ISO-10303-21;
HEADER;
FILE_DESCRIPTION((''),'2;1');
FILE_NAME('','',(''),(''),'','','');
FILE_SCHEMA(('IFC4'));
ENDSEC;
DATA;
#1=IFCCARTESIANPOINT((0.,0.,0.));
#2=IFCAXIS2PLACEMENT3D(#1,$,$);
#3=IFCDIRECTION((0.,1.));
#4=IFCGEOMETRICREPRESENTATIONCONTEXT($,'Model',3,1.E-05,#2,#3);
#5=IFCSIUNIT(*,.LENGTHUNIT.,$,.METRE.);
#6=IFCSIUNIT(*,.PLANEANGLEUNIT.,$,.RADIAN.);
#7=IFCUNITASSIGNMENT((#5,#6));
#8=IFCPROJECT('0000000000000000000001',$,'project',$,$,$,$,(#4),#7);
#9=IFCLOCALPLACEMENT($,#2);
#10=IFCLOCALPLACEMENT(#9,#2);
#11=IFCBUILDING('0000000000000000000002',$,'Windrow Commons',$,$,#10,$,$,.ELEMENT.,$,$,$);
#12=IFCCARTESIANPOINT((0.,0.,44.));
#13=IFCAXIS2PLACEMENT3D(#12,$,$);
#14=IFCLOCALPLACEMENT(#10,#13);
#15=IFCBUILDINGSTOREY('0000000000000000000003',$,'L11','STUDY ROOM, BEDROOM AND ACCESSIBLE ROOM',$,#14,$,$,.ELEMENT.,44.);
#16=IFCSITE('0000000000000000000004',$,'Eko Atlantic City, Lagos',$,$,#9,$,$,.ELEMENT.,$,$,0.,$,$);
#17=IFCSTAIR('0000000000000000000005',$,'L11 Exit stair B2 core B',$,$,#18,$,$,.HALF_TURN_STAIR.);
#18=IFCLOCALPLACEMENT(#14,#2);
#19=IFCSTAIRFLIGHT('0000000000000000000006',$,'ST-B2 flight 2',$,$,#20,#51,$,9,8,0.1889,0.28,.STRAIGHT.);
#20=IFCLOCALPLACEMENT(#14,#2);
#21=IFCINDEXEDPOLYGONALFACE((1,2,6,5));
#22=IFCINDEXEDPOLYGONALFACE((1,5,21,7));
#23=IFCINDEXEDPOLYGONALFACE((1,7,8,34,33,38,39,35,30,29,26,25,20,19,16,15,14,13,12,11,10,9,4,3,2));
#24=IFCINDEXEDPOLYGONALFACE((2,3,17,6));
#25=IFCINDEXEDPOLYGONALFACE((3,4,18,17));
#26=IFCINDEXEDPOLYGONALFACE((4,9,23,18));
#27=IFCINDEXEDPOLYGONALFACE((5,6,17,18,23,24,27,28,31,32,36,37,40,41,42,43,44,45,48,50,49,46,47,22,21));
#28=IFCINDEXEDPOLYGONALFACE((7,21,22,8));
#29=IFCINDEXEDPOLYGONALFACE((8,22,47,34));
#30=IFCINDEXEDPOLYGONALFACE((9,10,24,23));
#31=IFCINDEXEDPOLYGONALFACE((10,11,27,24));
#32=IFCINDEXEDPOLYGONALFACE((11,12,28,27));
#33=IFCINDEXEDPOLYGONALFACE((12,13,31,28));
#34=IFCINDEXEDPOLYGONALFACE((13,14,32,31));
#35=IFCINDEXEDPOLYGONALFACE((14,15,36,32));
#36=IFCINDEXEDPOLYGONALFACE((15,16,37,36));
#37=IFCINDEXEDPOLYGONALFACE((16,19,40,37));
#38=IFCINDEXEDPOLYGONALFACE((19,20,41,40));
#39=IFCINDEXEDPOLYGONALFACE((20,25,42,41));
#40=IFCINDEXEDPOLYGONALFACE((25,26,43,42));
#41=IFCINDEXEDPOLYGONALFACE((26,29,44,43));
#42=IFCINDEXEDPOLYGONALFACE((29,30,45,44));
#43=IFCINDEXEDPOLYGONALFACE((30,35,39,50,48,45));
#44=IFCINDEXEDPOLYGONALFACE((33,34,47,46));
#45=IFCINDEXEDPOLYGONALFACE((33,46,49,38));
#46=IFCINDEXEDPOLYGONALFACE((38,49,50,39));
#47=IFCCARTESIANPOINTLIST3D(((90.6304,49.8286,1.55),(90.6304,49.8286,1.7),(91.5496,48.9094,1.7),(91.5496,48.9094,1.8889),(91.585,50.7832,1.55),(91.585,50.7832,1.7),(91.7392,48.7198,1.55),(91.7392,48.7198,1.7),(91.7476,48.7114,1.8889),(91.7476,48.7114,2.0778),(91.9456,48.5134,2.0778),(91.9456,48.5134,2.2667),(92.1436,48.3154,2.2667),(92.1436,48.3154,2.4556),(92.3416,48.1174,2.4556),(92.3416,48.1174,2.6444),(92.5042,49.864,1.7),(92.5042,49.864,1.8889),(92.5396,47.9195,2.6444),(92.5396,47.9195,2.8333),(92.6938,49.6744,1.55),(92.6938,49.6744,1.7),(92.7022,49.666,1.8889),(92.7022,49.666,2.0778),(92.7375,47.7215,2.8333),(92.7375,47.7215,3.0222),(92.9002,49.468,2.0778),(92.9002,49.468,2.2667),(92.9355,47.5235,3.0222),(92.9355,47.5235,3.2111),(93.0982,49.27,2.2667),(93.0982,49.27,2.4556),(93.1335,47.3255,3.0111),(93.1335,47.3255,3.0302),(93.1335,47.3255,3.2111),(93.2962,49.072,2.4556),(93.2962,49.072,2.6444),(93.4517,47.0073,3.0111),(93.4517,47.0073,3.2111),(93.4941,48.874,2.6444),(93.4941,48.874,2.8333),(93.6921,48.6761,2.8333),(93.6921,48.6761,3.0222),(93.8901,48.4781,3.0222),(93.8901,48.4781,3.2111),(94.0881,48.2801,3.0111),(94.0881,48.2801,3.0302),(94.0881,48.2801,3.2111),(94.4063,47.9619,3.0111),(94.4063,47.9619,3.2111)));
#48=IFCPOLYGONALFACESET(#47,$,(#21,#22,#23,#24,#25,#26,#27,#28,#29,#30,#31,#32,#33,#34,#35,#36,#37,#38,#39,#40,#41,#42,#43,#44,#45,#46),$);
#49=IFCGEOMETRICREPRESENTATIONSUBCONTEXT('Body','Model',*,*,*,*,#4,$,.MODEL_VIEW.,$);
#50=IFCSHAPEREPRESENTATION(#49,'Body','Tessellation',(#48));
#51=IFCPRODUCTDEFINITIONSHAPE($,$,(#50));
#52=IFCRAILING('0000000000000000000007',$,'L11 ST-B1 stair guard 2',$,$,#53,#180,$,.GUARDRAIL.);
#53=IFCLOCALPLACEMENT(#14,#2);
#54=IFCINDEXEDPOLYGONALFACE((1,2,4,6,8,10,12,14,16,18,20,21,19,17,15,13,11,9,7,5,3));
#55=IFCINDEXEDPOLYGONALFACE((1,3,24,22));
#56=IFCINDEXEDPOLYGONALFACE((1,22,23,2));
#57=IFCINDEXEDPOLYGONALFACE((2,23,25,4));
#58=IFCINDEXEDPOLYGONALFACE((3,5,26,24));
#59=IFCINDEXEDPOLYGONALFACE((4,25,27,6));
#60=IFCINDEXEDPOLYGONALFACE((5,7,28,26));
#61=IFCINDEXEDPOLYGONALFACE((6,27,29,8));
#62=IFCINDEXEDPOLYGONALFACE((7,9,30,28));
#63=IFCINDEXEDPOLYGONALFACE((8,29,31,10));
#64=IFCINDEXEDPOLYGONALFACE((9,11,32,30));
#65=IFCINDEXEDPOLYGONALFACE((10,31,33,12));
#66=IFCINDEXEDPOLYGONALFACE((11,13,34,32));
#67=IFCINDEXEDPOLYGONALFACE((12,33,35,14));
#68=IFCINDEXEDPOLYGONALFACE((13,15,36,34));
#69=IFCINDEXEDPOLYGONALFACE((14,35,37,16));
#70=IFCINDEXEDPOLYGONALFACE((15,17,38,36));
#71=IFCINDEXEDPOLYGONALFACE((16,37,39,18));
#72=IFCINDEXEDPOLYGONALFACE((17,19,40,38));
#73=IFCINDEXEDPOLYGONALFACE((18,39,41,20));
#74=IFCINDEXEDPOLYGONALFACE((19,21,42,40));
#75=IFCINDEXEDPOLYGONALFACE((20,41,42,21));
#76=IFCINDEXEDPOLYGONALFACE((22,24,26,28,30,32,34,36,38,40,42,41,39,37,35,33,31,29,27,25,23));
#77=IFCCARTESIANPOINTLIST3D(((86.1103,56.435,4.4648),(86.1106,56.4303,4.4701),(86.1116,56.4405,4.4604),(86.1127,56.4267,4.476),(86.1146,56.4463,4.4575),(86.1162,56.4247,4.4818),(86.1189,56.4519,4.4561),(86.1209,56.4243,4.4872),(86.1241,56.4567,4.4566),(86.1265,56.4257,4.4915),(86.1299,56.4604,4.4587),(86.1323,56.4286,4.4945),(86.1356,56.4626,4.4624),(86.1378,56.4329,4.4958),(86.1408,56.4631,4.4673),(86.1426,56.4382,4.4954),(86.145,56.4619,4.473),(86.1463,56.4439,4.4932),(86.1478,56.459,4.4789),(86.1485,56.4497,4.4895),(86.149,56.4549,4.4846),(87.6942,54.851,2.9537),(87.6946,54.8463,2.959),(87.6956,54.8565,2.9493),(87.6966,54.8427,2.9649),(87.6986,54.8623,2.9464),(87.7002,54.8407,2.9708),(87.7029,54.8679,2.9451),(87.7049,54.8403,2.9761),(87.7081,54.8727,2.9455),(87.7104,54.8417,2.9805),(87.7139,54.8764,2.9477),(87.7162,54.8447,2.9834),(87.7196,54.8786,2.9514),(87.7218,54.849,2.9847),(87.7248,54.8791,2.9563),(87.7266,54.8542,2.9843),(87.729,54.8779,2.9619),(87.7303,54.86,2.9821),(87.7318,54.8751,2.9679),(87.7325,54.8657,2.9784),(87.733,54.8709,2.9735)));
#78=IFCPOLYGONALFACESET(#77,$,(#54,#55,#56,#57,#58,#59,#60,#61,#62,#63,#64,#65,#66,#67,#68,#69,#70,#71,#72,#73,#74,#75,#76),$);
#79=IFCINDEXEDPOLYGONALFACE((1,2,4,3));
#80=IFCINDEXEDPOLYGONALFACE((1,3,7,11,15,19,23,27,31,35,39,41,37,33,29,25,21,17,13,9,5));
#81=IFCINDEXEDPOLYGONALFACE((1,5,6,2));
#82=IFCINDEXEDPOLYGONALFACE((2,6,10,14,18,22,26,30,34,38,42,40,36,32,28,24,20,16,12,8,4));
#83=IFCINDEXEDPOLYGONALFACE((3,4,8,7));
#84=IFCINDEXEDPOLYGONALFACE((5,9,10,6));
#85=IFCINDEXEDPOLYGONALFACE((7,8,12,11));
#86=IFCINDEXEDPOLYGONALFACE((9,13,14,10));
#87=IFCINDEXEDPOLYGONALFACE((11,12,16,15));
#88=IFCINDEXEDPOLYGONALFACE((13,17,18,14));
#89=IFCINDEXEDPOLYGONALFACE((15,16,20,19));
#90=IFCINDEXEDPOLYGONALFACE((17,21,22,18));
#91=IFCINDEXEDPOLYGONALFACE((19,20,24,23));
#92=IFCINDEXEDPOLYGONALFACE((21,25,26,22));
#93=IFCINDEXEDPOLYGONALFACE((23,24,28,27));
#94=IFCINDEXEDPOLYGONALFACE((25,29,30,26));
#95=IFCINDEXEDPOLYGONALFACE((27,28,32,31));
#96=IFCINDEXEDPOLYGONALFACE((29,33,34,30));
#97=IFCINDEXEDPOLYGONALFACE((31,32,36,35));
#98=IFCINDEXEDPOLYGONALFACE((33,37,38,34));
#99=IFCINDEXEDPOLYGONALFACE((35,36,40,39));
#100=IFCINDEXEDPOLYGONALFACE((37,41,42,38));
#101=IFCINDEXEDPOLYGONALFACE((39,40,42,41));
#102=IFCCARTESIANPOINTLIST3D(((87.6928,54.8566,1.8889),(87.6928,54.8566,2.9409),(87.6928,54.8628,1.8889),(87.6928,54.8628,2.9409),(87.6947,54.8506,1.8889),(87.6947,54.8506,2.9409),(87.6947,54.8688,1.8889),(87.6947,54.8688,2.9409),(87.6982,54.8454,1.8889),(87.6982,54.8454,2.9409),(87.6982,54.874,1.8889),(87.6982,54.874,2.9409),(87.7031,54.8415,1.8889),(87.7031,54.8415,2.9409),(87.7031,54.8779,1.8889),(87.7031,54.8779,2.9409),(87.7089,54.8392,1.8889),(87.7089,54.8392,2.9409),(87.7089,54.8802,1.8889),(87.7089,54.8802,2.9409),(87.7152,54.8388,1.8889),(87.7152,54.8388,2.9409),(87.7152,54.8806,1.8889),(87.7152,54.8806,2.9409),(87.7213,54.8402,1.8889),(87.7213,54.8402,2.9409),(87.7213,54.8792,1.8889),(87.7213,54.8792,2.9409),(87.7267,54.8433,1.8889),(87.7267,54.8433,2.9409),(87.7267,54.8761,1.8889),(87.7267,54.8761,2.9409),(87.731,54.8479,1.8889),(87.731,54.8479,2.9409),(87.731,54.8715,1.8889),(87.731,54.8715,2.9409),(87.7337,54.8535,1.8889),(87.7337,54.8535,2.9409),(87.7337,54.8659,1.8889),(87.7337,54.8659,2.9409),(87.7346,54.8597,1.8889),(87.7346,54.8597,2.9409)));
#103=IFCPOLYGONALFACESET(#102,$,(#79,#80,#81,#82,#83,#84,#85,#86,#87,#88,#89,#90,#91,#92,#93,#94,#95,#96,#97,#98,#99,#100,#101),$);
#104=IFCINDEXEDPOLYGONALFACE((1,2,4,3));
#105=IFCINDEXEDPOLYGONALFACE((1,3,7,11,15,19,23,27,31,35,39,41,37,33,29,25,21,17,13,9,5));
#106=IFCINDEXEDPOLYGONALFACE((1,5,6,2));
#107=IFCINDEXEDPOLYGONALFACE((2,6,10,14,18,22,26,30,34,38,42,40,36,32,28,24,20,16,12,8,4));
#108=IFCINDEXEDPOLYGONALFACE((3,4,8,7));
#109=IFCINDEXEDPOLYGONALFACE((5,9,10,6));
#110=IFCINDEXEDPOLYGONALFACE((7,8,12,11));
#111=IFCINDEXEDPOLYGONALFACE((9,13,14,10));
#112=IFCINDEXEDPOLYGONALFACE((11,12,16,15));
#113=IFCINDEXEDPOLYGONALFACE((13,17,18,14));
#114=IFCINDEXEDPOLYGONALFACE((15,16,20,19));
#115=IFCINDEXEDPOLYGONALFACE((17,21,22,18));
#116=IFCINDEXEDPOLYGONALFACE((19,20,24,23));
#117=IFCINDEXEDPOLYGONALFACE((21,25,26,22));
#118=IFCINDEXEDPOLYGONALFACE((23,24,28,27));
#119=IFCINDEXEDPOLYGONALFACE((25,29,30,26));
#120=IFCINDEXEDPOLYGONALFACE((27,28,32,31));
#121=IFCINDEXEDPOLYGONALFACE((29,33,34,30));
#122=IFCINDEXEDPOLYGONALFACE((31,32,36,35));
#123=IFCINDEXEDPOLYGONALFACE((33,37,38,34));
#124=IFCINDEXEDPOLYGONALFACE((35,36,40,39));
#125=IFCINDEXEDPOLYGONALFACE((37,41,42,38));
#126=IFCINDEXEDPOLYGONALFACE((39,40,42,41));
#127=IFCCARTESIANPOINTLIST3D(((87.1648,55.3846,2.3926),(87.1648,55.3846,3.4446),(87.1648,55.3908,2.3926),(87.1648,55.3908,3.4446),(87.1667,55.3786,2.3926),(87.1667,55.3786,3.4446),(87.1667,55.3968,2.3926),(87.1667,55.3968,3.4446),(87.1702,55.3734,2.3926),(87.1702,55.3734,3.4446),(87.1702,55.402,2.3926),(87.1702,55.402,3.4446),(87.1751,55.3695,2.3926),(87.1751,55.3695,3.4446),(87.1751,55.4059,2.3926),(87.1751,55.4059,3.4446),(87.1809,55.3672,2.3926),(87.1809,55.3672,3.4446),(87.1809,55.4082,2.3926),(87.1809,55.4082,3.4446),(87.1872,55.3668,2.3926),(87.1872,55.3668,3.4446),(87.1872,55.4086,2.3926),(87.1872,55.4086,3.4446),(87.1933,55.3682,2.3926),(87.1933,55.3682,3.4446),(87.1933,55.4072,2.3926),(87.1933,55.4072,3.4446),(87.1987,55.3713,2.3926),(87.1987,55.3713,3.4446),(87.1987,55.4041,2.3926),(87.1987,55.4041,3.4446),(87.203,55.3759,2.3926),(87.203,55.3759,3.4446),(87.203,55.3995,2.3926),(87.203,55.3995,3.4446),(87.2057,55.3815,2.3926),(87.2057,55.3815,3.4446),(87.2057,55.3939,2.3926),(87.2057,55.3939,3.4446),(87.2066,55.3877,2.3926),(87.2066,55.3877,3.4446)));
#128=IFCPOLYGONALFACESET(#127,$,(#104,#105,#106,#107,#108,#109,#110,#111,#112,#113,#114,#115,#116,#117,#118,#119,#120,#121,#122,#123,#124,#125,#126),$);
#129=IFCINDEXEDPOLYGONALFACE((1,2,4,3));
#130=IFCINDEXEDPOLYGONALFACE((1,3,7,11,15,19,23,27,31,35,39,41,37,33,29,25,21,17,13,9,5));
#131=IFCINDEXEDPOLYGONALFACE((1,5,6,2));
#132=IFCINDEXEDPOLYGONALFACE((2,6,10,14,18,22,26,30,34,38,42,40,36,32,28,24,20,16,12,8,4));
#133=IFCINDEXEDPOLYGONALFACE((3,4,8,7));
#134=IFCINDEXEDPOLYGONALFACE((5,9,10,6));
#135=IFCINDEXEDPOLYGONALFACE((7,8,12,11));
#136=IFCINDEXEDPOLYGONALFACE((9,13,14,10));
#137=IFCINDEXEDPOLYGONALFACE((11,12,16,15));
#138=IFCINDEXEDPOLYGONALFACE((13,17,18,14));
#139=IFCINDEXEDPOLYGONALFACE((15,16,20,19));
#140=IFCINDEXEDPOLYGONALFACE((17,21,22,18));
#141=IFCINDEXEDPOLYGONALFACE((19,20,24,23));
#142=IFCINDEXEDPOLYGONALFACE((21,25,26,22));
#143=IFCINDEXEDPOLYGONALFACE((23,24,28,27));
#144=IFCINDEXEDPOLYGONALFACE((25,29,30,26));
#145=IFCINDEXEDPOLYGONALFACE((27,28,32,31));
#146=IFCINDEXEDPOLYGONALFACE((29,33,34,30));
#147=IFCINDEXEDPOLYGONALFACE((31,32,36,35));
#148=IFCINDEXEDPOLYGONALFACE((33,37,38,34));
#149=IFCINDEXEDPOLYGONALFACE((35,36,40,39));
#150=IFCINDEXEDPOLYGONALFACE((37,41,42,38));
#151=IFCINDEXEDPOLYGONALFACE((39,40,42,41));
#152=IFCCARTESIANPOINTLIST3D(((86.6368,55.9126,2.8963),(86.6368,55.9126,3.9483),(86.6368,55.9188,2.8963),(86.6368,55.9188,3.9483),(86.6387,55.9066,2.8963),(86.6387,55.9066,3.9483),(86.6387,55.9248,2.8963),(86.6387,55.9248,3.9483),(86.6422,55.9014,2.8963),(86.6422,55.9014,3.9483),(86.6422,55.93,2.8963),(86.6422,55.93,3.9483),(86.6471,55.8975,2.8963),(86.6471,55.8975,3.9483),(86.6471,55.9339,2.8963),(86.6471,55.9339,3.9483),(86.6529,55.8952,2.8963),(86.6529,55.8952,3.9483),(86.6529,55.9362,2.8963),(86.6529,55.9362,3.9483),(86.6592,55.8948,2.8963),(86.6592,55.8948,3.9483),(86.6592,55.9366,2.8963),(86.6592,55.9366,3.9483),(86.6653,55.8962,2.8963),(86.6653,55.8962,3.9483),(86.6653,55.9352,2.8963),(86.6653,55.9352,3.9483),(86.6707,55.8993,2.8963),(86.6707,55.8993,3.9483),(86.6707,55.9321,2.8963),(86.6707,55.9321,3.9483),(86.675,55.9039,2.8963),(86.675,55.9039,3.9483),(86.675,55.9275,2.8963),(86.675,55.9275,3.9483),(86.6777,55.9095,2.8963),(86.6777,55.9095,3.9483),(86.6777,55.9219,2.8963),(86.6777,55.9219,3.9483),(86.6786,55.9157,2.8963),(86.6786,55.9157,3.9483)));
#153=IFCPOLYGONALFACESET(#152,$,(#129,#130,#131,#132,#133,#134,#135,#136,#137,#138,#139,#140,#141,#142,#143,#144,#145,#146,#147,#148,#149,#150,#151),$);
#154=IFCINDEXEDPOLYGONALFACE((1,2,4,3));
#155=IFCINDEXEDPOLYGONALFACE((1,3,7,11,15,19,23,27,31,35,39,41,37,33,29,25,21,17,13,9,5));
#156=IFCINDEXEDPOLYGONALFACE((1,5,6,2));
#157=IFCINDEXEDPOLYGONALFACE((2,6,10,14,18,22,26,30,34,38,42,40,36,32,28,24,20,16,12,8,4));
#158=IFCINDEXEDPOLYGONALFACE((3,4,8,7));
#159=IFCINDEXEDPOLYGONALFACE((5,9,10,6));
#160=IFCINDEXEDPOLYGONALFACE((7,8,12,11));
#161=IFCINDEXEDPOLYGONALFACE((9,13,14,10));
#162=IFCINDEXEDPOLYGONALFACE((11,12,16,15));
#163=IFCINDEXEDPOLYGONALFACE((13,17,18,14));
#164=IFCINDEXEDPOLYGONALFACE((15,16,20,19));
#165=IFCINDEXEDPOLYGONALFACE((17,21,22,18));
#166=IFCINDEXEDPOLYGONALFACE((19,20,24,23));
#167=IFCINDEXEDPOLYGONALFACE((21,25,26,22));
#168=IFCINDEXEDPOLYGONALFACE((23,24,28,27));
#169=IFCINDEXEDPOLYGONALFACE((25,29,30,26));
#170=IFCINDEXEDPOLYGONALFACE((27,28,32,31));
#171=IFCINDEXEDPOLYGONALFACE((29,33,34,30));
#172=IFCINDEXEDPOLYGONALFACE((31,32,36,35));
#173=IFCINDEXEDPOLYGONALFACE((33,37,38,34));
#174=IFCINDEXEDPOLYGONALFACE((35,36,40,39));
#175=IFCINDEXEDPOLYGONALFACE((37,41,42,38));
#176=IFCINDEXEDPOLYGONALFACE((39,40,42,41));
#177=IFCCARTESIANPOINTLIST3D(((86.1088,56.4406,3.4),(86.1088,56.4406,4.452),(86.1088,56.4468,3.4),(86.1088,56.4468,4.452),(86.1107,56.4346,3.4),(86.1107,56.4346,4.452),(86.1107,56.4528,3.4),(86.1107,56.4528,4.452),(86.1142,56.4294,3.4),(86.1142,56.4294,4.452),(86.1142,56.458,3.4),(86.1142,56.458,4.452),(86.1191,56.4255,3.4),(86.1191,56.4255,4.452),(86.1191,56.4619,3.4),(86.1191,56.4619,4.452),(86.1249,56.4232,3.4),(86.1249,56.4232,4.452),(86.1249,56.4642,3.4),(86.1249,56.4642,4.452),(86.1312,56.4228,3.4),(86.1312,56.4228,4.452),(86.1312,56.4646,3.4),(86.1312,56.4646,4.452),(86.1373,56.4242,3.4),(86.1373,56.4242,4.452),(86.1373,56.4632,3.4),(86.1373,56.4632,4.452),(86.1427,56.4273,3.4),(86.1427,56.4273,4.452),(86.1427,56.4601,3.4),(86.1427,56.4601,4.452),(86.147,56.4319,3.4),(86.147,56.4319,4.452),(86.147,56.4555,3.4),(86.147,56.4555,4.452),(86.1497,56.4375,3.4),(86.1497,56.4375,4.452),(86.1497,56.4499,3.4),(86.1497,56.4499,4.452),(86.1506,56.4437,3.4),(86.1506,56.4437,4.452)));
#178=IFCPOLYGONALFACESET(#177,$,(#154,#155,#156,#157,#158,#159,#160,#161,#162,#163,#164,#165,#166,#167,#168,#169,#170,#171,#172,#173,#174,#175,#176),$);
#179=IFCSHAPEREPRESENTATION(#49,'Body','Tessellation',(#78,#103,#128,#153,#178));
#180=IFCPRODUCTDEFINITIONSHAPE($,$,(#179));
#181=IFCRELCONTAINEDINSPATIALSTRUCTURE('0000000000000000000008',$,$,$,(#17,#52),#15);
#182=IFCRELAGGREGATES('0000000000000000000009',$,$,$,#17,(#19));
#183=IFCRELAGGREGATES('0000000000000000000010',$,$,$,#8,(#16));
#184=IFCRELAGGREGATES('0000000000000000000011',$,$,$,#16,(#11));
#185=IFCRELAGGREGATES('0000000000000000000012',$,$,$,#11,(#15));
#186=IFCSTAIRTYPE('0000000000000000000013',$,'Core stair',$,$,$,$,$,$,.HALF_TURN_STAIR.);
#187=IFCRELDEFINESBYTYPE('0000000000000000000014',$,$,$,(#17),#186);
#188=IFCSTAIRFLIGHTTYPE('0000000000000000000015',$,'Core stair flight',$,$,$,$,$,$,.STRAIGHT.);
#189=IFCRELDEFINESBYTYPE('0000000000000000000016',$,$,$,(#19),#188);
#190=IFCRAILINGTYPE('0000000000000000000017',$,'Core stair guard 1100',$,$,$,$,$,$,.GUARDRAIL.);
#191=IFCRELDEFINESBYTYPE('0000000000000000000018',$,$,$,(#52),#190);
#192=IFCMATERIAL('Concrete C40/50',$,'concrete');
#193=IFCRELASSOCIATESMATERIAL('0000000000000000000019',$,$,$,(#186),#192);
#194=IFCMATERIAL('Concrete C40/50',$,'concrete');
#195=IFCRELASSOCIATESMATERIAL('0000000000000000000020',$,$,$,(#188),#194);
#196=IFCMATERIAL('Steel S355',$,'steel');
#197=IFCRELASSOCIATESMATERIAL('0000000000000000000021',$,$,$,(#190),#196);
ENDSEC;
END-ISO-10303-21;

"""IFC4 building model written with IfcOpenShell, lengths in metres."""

from ifc_helpers import new_model, si_unit, direction, frame, origin, origin_2d, place, context, subcontext, project, spatial, polyline, circle, outline, extrude, material, type_object, element, aggregate, save


model = new_model("IFC4")

# Units and contexts
model_context = context("Model", 3, precision=1e-05, world=origin(), true_north=direction((0.0, 1.0)))
body_context = subcontext(model_context, "Body", "Model", "MODEL_VIEW")
ifc_project = project(units=[si_unit("LENGTHUNIT", "METRE"), si_unit("PLANEANGLEUNIT", "RADIAN")], contexts=[model_context])

# Site, building, storey
site_placement = place(None, origin())
site = spatial("IfcSite", under=ifc_project, at=site_placement, Name="Eko Atlantic City, Lagos", CompositionType="ELEMENT", RefElevation=0.0)
building_placement = place(site_placement, origin())
building = spatial("IfcBuilding", under=site, at=building_placement, Name="Windrow Commons", CompositionType="ELEMENT")
storey_placement = place(building_placement, frame((0.0, 0.0, 44.0)))
storey = spatial("IfcBuildingStorey", under=building, at=storey_placement, Name="L11", Description="STUDY ROOM, BEDROOM AND ACCESSIBLE ROOM", CompositionType="ELEMENT", Elevation=44.0)

# Stair, stair flight
ifc_material_1 = material(Name="Concrete C40/50", Category="concrete")
stair_type = type_object("IfcStairType", Name="Core stair", PredefinedType="HALF_TURN_STAIR", material=ifc_material_1)
placement = place(storey_placement, origin())
ifc_material_2 = material(Name="Concrete C40/50", Category="concrete")
stair_flight_type = type_object("IfcStairFlightType", Name="Core stair flight", PredefinedType="STRAIGHT", material=ifc_material_2)
stair_1 = element("IfcStair", 1, at=placement, inside=storey, type_object=stair_type, Name="L11 Exit stair B2 core B", PredefinedType="HALF_TURN_STAIR")
stair_flight_1_placement = place(storey_placement, frame((92.0269, 49.3867, 1.7), z_axis=(0.0, 0.0, 1.0), x_axis=(0.707107, -0.707107, 0.0)))
stair_flight_1 = element("IfcStairFlight", 2, at=stair_flight_1_placement, type_object=stair_flight_type, Name="ST-B2 flight 2", NumberOfRisers=9, NumberOfTreads=8, PredefinedType="STRAIGHT", RiserHeight=0.1889, TreadLength=0.28, context=body_context, shape_type="SweptSolid", body=[
    extrude(outline(polyline([(-1.3, -0.15), (-1.3, 0.0), (0.0, 0.0), (0.0, 0.1889), (0.28, 0.1889), (0.28, 0.3778), (0.56, 0.3778), (0.56, 0.5667), (0.84, 0.5667), (0.84, 0.7556), (1.12, 0.7556), (1.12, 0.9444), (1.4, 0.9444), (1.4, 1.1333), (1.68, 1.1333), (1.68, 1.3222), (1.96, 1.3222), (1.96, 1.5111), (2.24, 1.5111), (2.69, 1.5111), (2.69, 1.3111), (2.24, 1.3111), (2.24, 1.3302), (0.2682, 0.0), (0.2682, -0.15), (-1.3, -0.15)])), frame((0.0, 0.675, 0.0), z_axis=(0.0, -1.0, 0.0), x_axis=(1.0, 0.0, 0.0)), (0.0, 0.0, 1.0), 1.35),
])
aggregate(stair_1, [stair_flight_1])

# Railing
ifc_material_3 = material(Name="Steel S355", Category="steel")
railing_type_1 = type_object("IfcRailingType", Name="Core stair guard 1100", PredefinedType="GUARDRAIL", material=ifc_material_3)
railing_1_placement = place(storey_placement, frame((87.7136, 54.8597, 1.8889)))
element("IfcRailing", 3, at=railing_1_placement, inside=storey, type_object=railing_type_1, Name="L11 ST-B1 stair guard 2", PredefinedType="GUARDRAIL", context=body_context, shape_type="SweptSolid", body=[
    extrude(circle(Radius=0.024, at=origin_2d()), frame((0.0, 0.0, 1.076), z_axis=(-0.586203, 0.586203, 0.559224), x_axis=(-0.707107, -0.707107, 0.0)), (0.0, 0.0, 1.0), 2.7021),
    extrude(circle(Radius=0.021, at=origin_2d()), origin(), (0.0, 0.0, 1.0), 1.052),
    extrude(circle(Radius=0.021, at=origin_2d()), frame((-0.528, 0.528, 0.5037)), (0.0, 0.0, 1.0), 1.052),
    extrude(circle(Radius=0.021, at=origin_2d()), frame((-1.056, 1.056, 1.0074)), (0.0, 0.0, 1.0), 1.052),
    extrude(circle(Radius=0.021, at=origin_2d()), frame((-1.584, 1.584, 1.5111)), (0.0, 0.0, 1.0), 1.052),
])

save(model, "model.ifc")
